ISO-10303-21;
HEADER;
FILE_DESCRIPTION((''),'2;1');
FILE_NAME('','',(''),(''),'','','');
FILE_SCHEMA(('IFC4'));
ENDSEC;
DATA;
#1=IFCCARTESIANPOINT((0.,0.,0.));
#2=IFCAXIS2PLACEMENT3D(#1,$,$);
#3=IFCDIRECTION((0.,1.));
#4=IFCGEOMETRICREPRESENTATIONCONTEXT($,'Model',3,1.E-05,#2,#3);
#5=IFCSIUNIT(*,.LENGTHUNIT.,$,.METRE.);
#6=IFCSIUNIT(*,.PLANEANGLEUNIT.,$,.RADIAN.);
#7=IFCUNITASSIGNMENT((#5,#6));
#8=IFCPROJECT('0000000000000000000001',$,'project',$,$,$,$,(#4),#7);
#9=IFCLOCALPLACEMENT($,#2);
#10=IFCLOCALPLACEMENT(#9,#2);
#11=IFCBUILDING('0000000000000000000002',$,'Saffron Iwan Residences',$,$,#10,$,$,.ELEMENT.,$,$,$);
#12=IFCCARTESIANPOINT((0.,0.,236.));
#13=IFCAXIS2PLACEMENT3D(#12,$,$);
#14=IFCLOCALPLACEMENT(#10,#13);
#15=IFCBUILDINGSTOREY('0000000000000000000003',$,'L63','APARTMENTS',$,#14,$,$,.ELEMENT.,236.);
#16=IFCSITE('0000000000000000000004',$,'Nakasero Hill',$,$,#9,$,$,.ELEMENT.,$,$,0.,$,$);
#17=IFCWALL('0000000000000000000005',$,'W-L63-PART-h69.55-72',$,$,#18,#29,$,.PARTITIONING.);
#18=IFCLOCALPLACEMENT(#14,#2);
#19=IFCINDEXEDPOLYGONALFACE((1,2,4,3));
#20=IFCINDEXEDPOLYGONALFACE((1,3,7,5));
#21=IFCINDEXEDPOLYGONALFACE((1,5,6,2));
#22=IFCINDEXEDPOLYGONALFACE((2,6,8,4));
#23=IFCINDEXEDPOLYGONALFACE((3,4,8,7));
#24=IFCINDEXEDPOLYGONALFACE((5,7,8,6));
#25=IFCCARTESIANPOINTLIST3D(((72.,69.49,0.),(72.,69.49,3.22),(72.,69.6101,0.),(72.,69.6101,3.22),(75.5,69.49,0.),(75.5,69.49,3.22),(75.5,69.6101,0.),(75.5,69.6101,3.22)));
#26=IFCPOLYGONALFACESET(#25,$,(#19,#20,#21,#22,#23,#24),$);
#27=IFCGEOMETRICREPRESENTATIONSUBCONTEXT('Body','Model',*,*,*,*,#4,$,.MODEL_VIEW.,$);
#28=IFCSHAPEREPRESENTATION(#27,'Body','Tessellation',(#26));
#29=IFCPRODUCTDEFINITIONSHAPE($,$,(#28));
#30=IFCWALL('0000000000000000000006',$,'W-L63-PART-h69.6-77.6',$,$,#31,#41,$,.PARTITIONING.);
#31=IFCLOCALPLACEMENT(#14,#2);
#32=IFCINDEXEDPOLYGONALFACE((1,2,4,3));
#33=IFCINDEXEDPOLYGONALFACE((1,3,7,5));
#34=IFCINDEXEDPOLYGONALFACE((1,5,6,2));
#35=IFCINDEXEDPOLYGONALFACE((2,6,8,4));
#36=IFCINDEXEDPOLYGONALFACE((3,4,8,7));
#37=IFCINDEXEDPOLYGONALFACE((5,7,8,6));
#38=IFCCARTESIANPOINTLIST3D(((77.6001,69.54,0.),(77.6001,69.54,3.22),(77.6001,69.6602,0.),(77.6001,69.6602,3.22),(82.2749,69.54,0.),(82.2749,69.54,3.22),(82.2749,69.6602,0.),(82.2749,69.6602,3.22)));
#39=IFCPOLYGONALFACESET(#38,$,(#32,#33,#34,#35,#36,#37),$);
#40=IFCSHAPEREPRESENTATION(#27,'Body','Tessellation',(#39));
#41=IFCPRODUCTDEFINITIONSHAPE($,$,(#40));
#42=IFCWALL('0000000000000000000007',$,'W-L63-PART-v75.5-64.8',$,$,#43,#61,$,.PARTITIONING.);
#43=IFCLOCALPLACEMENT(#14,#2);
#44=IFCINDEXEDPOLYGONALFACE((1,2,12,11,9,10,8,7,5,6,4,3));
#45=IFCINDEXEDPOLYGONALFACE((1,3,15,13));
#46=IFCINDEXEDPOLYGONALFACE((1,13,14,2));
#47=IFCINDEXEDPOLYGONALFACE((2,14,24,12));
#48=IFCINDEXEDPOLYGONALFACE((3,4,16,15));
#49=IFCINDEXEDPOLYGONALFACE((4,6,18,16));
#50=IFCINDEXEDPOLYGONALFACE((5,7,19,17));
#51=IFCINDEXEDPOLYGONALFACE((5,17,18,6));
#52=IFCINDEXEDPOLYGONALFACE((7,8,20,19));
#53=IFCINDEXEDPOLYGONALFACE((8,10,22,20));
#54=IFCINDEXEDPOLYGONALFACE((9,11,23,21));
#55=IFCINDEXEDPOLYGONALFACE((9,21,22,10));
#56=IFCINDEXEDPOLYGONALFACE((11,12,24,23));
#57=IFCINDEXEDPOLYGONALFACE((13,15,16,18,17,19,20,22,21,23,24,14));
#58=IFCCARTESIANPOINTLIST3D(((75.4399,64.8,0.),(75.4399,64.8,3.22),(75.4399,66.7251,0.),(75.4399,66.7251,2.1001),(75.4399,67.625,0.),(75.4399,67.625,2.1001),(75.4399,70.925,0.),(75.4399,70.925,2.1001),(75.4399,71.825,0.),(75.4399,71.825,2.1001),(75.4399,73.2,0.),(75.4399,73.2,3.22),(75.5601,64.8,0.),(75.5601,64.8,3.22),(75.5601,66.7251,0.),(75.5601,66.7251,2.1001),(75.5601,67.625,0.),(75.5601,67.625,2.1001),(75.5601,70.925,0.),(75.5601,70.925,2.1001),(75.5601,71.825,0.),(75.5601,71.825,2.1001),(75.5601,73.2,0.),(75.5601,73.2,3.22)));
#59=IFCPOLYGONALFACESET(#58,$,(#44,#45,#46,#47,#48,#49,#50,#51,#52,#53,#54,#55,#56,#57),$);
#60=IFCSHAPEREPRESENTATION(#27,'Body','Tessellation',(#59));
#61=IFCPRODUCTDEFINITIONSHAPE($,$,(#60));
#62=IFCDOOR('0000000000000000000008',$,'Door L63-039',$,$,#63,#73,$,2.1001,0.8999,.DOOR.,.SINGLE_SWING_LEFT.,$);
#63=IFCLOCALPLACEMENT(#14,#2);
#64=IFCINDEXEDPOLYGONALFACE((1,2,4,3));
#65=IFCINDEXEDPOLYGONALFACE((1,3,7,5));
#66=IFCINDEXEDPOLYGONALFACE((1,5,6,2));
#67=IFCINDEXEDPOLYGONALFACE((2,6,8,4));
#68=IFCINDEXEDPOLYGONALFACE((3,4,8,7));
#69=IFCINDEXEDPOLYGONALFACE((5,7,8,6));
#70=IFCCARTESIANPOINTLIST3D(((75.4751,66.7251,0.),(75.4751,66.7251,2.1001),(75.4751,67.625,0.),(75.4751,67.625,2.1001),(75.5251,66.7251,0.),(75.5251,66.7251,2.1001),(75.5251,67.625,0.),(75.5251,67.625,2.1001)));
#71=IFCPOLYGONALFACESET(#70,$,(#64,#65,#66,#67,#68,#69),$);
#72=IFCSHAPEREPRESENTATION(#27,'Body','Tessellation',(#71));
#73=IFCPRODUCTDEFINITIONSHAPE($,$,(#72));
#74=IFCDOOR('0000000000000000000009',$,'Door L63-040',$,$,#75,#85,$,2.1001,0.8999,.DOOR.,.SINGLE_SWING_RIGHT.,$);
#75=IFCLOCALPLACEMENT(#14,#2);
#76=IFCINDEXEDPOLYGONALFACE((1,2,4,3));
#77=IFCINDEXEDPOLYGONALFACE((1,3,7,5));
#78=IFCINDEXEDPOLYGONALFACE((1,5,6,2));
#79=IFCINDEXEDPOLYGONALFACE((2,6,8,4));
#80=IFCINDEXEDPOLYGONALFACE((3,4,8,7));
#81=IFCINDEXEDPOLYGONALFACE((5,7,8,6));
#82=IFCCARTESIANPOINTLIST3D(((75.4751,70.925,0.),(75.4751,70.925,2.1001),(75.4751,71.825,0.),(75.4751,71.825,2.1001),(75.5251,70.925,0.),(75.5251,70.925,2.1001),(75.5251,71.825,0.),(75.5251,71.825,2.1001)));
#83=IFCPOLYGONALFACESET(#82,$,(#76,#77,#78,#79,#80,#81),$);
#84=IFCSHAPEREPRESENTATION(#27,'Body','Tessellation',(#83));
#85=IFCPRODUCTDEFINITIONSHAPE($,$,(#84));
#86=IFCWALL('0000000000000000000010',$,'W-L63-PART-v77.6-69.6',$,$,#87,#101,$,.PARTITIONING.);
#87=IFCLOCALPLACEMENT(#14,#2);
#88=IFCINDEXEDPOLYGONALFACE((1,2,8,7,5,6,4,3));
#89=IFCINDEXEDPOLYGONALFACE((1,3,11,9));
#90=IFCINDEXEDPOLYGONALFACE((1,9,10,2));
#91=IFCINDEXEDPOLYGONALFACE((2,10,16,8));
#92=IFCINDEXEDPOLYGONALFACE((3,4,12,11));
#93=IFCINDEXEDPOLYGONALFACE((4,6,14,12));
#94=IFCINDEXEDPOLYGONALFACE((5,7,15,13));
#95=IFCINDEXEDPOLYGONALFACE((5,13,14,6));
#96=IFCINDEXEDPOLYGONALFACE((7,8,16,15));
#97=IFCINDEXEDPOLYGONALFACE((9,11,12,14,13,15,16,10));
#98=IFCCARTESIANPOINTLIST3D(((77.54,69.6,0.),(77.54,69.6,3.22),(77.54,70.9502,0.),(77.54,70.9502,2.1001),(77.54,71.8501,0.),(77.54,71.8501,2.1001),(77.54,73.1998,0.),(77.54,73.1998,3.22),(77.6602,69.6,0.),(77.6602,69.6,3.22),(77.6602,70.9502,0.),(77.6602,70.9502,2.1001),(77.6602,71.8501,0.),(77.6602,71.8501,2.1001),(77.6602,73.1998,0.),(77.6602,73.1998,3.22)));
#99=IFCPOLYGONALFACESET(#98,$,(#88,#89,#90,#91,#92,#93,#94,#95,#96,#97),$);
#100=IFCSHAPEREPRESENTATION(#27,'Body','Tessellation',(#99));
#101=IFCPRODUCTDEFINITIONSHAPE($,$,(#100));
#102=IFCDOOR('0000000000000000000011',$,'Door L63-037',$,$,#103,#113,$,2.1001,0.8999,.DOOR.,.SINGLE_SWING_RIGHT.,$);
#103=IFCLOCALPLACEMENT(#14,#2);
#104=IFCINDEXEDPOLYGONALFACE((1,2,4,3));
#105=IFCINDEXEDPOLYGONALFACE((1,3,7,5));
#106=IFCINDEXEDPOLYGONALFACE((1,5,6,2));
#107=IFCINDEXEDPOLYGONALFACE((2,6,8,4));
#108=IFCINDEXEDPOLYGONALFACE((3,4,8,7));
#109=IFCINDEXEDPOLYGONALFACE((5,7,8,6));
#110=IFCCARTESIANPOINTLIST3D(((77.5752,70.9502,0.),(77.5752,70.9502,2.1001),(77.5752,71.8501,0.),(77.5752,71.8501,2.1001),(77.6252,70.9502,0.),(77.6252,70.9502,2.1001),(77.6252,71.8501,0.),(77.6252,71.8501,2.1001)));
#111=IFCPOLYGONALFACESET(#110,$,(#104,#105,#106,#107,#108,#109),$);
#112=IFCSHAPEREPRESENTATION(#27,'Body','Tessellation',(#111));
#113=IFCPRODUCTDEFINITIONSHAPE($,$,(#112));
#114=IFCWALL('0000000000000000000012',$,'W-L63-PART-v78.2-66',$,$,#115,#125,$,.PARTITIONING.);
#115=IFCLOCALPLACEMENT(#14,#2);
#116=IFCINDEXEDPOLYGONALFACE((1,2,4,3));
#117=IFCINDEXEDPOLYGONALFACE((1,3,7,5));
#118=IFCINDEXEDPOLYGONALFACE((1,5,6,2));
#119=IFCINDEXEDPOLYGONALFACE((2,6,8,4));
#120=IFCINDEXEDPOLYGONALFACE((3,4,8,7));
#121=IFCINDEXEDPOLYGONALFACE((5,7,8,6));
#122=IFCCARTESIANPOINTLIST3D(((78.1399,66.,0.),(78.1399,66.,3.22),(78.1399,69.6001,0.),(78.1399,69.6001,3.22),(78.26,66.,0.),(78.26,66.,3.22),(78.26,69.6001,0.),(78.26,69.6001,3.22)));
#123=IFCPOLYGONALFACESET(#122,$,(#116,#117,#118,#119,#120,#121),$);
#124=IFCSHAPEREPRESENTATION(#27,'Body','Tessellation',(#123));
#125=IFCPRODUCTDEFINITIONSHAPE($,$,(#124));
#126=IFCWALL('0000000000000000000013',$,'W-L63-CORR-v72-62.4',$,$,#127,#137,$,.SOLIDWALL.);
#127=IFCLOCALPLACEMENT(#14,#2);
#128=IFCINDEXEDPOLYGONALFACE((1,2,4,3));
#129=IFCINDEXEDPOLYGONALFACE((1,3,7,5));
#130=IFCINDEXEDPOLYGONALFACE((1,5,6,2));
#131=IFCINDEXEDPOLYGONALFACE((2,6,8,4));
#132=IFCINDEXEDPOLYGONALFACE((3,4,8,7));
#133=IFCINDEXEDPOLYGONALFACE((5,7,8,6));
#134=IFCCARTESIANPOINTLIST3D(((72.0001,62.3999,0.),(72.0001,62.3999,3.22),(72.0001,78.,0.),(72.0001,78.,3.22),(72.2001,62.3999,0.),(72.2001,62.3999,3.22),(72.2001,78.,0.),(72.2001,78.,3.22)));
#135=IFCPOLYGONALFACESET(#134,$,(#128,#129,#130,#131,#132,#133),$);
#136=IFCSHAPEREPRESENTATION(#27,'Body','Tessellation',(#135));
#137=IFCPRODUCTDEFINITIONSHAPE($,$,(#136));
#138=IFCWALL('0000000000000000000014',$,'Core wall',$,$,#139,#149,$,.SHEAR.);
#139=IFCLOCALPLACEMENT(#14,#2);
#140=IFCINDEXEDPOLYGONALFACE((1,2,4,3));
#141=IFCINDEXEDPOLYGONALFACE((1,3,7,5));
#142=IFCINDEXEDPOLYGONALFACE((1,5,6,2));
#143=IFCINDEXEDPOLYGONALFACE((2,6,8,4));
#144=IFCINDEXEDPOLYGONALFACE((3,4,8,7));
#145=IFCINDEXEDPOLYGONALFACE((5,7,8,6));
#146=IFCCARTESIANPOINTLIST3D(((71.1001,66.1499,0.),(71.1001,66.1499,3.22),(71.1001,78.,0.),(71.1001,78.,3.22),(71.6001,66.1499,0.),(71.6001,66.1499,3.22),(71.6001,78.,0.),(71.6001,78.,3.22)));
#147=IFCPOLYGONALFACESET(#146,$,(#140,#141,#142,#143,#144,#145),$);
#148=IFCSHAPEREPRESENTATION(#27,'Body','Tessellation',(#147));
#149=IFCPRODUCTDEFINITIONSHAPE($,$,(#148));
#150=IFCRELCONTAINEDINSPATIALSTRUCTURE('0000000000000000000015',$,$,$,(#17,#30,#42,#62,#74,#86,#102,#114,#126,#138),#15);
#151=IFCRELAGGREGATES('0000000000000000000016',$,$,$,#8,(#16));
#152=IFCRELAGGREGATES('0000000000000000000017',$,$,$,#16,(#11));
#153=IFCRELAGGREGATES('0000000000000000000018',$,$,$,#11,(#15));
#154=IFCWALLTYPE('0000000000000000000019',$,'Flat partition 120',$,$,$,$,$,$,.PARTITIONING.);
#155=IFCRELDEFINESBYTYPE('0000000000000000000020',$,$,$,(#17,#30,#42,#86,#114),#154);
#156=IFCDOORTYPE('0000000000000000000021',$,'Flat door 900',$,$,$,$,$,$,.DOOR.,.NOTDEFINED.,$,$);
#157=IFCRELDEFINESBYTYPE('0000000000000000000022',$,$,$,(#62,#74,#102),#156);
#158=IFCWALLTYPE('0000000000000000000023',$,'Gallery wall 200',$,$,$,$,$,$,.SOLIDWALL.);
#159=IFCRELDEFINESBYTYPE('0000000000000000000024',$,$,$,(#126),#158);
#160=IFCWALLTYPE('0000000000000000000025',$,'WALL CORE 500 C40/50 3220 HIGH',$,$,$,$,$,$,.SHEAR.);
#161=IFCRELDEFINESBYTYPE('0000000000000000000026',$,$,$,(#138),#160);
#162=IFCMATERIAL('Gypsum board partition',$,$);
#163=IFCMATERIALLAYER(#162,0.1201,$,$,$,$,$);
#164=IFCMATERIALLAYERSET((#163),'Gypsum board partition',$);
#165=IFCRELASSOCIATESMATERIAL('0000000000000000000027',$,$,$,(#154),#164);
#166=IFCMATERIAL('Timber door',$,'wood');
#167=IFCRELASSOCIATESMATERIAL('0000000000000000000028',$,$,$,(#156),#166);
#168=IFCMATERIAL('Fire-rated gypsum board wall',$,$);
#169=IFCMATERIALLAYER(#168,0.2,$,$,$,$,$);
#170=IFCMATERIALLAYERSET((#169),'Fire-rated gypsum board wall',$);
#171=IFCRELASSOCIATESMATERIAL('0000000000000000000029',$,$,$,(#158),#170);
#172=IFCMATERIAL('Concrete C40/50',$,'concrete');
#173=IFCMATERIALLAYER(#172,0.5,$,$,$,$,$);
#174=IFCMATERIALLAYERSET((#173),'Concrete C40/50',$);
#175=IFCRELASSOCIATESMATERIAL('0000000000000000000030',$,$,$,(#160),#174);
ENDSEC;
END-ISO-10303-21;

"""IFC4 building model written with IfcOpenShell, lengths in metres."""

from ifc_helpers import new_model, si_unit, direction, frame, frame_2d, origin, place, context, subcontext, project, spatial, rectangle, extrude, material, layer, layer_set, type_object, element, fill, save


model = new_model("IFC4")

# Units and contexts
model_context = context("Model", 3, precision=1e-05, world=origin(), true_north=direction((0.0, 1.0)))
body_context = subcontext(model_context, "Body", "Model", "MODEL_VIEW")
ifc_project = project(units=[si_unit("LENGTHUNIT", "METRE"), si_unit("PLANEANGLEUNIT", "RADIAN")], contexts=[model_context])

# Site, building, storey
site_placement = place(None, origin())
site = spatial("IfcSite", under=ifc_project, at=site_placement, Name="Nakasero Hill", CompositionType="ELEMENT", RefElevation=0.0)
building_placement = place(site_placement, origin())
building = spatial("IfcBuilding", under=site, at=building_placement, Name="Saffron Iwan Residences", CompositionType="ELEMENT")
storey_placement = place(building_placement, frame((0.0, 0.0, 236.0)))
storey = spatial("IfcBuildingStorey", under=building, at=storey_placement, Name="L63", Description="APARTMENTS", CompositionType="ELEMENT", Elevation=236.0)

# Shared definitions
ifc_material_1 = material(Name="Concrete C40/50", Category="concrete")

# Shared definitions
ifc_material_2 = material(Name="Fire-rated gypsum board wall")
ifc_material_3 = material(Name="Gypsum board partition")
ifc_layer_1 = layer(ifc_material_3, 0.1201)
ifc_layer_set_1 = layer_set([ifc_layer_1], Name="Gypsum board partition")
wall_type_1 = type_object("IfcWallType", Name="Flat partition 120", PredefinedType="PARTITIONING", material=ifc_layer_set_1)

# Shared definitions
ifc_material_4 = material(Name="Timber door", Category="wood")

# Walls
wall_1_placement = place(storey_placement, frame((72.0, 69.55, 0.0), z_axis=(0.0, 0.0, 1.0), x_axis=(1.0, 0.0, 0.0)))
element("IfcWall", 1, at=wall_1_placement, inside=storey, type_object=wall_type_1, Name="W-L63-PART-h69.55-72", PredefinedType="PARTITIONING", context=body_context, shape_type="SweptSolid", body=[
    extrude(rectangle(XDim=3.5, YDim=0.1201, at=frame_2d((1.75, 0.0))), origin(), (0.0, 0.0, 1.0), 3.22),
])
wall_2_placement = place(storey_placement, frame((77.6001, 69.6001, 0.0), z_axis=(0.0, 0.0, 1.0), x_axis=(1.0, 0.0, 0.0)))
element("IfcWall", 2, at=wall_2_placement, inside=storey, type_object=wall_type_1, Name="W-L63-PART-h69.6-77.6", PredefinedType="PARTITIONING", context=body_context, shape_type="SweptSolid", body=[
    extrude(rectangle(XDim=4.6748, YDim=0.1201, at=frame_2d((2.3374, 0.0))), origin(), (0.0, 0.0, 1.0), 3.22),
])

# Wall, openings, doors
wall_3_placement = place(storey_placement, frame((75.5, 64.8, 0.0), z_axis=(0.0, 0.0, 1.0), x_axis=(0.0, 1.0, 0.0)))
wall_3 = element("IfcWall", 3, at=wall_3_placement, inside=storey, type_object=wall_type_1, Name="W-L63-PART-v75.5-64.8", PredefinedType="PARTITIONING", context=body_context, shape_type="SweptSolid", body=[
    extrude(rectangle(XDim=8.3999, YDim=0.1201, at=frame_2d((4.2, 0.0))), origin(), (0.0, 0.0, 1.0), 3.22),
])
opening_1_placement = place(wall_3_placement, frame((1.925, 0.0, 0.0)))
opening_1 = element("IfcOpeningElement", 4, at=opening_1_placement, cuts=wall_3, PredefinedType="OPENING", context=body_context, shape_type="SweptSolid", body=[
    extrude(rectangle(XDim=0.8999, YDim=2.1001, at=frame_2d((0.45, 1.05))), frame((0.0, 0.0701, 0.0), z_axis=(0.0, -1.0, 0.0), x_axis=(1.0, 0.0, 0.0)), (0.0, 0.0, 1.0), 0.1401),
])
opening_2_placement = place(wall_3_placement, frame((6.125, 0.0, 0.0)))
opening_2 = element("IfcOpeningElement", 5, at=opening_2_placement, cuts=wall_3, PredefinedType="OPENING", context=body_context, shape_type="SweptSolid", body=[
    extrude(rectangle(XDim=0.8999, YDim=2.1001, at=frame_2d((0.45, 1.05))), frame((0.0, 0.0701, 0.0), z_axis=(0.0, -1.0, 0.0), x_axis=(1.0, 0.0, 0.0)), (0.0, 0.0, 1.0), 0.1401),
])
door_type_1 = type_object("IfcDoorType", Name="Flat door 900", OperationType="NOTDEFINED", PredefinedType="DOOR", material=ifc_material_4)
door_1_placement = place(opening_1_placement, origin())
door_1 = element("IfcDoor", 6, at=door_1_placement, inside=storey, type_object=door_type_1, Name="Door L63-039", OperationType="SINGLE_SWING_LEFT", OverallHeight=2.1001, OverallWidth=0.8999, PredefinedType="DOOR", context=body_context, shape_type="SweptSolid", body=[
    extrude(rectangle(XDim=0.8999, YDim=2.1001, at=frame_2d((0.45, 1.05))), frame((0.0, 0.0249, 0.0), z_axis=(0.0, -1.0, 0.0), x_axis=(1.0, 0.0, 0.0)), (0.0, 0.0, 1.0), 0.05),
])
fill(opening_1, door_1)
door_2_placement = place(opening_2_placement, origin())
door_2 = element("IfcDoor", 7, at=door_2_placement, inside=storey, type_object=door_type_1, Name="Door L63-040", OperationType="SINGLE_SWING_RIGHT", OverallHeight=2.1001, OverallWidth=0.8999, PredefinedType="DOOR", context=body_context, shape_type="SweptSolid", body=[
    extrude(rectangle(XDim=0.8999, YDim=2.1001, at=frame_2d((0.45, 1.05))), frame((0.0, 0.0249, 0.0), z_axis=(0.0, -1.0, 0.0), x_axis=(1.0, 0.0, 0.0)), (0.0, 0.0, 1.0), 0.05),
])
fill(opening_2, door_2)

# Wall, opening, door
wall_4_placement = place(storey_placement, frame((77.6001, 69.6001, 0.0), z_axis=(0.0, 0.0, 1.0), x_axis=(0.0, 1.0, 0.0)))
wall_4 = element("IfcWall", 8, at=wall_4_placement, inside=storey, type_object=wall_type_1, Name="W-L63-PART-v77.6-69.6", PredefinedType="PARTITIONING", context=body_context, shape_type="SweptSolid", body=[
    extrude(rectangle(XDim=3.5999, YDim=0.1201, at=frame_2d((1.7998, 0.0))), origin(), (0.0, 0.0, 1.0), 3.22),
])
opening_3_placement = place(wall_4_placement, frame((1.3501, 0.0, 0.0)))
opening_3 = element("IfcOpeningElement", 9, at=opening_3_placement, cuts=wall_4, PredefinedType="OPENING", context=body_context, shape_type="SweptSolid", body=[
    extrude(rectangle(XDim=0.8999, YDim=2.1001, at=frame_2d((0.45, 1.05))), frame((0.0, 0.0701, 0.0), z_axis=(0.0, -1.0, 0.0), x_axis=(1.0, 0.0, 0.0)), (0.0, 0.0, 1.0), 0.1401),
])
door_3_placement = place(opening_3_placement, origin())
door_3 = element("IfcDoor", 10, at=door_3_placement, inside=storey, type_object=door_type_1, Name="Door L63-037", OperationType="SINGLE_SWING_RIGHT", OverallHeight=2.1001, OverallWidth=0.8999, PredefinedType="DOOR", context=body_context, shape_type="SweptSolid", body=[
    extrude(rectangle(XDim=0.8999, YDim=2.1001, at=frame_2d((0.45, 1.05))), frame((0.0, 0.0249, 0.0), z_axis=(0.0, -1.0, 0.0), x_axis=(1.0, 0.0, 0.0)), (0.0, 0.0, 1.0), 0.05),
])
fill(opening_3, door_3)

# Walls
wall_5_placement = place(storey_placement, frame((78.2, 66.0, 0.0), z_axis=(0.0, 0.0, 1.0), x_axis=(0.0, 1.0, 0.0)))
element("IfcWall", 11, at=wall_5_placement, inside=storey, type_object=wall_type_1, Name="W-L63-PART-v78.2-66", PredefinedType="PARTITIONING", context=body_context, shape_type="SweptSolid", body=[
    extrude(rectangle(XDim=3.6001, YDim=0.1201, at=frame_2d((1.8, 0.0))), origin(), (0.0, 0.0, 1.0), 3.22),
])
ifc_layer_2 = layer(ifc_material_2, 0.2)
ifc_layer_set_2 = layer_set([ifc_layer_2], Name="Fire-rated gypsum board wall")
wall_type_2 = type_object("IfcWallType", Name="Gallery wall 200", PredefinedType="SOLIDWALL", material=ifc_layer_set_2)
wall_6_placement = place(storey_placement, frame((72.1001, 62.3999, 0.0), z_axis=(0.0, 0.0, 1.0), x_axis=(0.0, 1.0, 0.0)))
element("IfcWall", 12, at=wall_6_placement, inside=storey, type_object=wall_type_2, Name="W-L63-CORR-v72-62.4", PredefinedType="SOLIDWALL", context=body_context, shape_type="SweptSolid", body=[
    extrude(rectangle(XDim=15.6001, YDim=0.2, at=frame_2d((7.8, 0.0))), origin(), (0.0, 0.0, 1.0), 3.22),
])
ifc_layer_3 = layer(ifc_material_1, 0.5)
ifc_layer_set_3 = layer_set([ifc_layer_3], Name="Concrete C40/50")
wall_type_3 = type_object("IfcWallType", Name="WALL CORE 500 C40/50 3220 HIGH", PredefinedType="SHEAR", material=ifc_layer_set_3)
wall_7_placement = place(storey_placement, frame((71.3501, 66.1499, 0.0), z_axis=(0.0, 0.0, 1.0), x_axis=(0.0, 1.0, 0.0)))
element("IfcWall", 13, at=wall_7_placement, inside=storey, type_object=wall_type_3, Name="Core wall", PredefinedType="SHEAR", context=body_context, shape_type="SweptSolid", body=[
    extrude(rectangle(XDim=11.8501, YDim=0.5, at=frame_2d((5.925, 0.0))), origin(), (0.0, 0.0, 1.0), 3.22),
])

save(model, "model.ifc")
